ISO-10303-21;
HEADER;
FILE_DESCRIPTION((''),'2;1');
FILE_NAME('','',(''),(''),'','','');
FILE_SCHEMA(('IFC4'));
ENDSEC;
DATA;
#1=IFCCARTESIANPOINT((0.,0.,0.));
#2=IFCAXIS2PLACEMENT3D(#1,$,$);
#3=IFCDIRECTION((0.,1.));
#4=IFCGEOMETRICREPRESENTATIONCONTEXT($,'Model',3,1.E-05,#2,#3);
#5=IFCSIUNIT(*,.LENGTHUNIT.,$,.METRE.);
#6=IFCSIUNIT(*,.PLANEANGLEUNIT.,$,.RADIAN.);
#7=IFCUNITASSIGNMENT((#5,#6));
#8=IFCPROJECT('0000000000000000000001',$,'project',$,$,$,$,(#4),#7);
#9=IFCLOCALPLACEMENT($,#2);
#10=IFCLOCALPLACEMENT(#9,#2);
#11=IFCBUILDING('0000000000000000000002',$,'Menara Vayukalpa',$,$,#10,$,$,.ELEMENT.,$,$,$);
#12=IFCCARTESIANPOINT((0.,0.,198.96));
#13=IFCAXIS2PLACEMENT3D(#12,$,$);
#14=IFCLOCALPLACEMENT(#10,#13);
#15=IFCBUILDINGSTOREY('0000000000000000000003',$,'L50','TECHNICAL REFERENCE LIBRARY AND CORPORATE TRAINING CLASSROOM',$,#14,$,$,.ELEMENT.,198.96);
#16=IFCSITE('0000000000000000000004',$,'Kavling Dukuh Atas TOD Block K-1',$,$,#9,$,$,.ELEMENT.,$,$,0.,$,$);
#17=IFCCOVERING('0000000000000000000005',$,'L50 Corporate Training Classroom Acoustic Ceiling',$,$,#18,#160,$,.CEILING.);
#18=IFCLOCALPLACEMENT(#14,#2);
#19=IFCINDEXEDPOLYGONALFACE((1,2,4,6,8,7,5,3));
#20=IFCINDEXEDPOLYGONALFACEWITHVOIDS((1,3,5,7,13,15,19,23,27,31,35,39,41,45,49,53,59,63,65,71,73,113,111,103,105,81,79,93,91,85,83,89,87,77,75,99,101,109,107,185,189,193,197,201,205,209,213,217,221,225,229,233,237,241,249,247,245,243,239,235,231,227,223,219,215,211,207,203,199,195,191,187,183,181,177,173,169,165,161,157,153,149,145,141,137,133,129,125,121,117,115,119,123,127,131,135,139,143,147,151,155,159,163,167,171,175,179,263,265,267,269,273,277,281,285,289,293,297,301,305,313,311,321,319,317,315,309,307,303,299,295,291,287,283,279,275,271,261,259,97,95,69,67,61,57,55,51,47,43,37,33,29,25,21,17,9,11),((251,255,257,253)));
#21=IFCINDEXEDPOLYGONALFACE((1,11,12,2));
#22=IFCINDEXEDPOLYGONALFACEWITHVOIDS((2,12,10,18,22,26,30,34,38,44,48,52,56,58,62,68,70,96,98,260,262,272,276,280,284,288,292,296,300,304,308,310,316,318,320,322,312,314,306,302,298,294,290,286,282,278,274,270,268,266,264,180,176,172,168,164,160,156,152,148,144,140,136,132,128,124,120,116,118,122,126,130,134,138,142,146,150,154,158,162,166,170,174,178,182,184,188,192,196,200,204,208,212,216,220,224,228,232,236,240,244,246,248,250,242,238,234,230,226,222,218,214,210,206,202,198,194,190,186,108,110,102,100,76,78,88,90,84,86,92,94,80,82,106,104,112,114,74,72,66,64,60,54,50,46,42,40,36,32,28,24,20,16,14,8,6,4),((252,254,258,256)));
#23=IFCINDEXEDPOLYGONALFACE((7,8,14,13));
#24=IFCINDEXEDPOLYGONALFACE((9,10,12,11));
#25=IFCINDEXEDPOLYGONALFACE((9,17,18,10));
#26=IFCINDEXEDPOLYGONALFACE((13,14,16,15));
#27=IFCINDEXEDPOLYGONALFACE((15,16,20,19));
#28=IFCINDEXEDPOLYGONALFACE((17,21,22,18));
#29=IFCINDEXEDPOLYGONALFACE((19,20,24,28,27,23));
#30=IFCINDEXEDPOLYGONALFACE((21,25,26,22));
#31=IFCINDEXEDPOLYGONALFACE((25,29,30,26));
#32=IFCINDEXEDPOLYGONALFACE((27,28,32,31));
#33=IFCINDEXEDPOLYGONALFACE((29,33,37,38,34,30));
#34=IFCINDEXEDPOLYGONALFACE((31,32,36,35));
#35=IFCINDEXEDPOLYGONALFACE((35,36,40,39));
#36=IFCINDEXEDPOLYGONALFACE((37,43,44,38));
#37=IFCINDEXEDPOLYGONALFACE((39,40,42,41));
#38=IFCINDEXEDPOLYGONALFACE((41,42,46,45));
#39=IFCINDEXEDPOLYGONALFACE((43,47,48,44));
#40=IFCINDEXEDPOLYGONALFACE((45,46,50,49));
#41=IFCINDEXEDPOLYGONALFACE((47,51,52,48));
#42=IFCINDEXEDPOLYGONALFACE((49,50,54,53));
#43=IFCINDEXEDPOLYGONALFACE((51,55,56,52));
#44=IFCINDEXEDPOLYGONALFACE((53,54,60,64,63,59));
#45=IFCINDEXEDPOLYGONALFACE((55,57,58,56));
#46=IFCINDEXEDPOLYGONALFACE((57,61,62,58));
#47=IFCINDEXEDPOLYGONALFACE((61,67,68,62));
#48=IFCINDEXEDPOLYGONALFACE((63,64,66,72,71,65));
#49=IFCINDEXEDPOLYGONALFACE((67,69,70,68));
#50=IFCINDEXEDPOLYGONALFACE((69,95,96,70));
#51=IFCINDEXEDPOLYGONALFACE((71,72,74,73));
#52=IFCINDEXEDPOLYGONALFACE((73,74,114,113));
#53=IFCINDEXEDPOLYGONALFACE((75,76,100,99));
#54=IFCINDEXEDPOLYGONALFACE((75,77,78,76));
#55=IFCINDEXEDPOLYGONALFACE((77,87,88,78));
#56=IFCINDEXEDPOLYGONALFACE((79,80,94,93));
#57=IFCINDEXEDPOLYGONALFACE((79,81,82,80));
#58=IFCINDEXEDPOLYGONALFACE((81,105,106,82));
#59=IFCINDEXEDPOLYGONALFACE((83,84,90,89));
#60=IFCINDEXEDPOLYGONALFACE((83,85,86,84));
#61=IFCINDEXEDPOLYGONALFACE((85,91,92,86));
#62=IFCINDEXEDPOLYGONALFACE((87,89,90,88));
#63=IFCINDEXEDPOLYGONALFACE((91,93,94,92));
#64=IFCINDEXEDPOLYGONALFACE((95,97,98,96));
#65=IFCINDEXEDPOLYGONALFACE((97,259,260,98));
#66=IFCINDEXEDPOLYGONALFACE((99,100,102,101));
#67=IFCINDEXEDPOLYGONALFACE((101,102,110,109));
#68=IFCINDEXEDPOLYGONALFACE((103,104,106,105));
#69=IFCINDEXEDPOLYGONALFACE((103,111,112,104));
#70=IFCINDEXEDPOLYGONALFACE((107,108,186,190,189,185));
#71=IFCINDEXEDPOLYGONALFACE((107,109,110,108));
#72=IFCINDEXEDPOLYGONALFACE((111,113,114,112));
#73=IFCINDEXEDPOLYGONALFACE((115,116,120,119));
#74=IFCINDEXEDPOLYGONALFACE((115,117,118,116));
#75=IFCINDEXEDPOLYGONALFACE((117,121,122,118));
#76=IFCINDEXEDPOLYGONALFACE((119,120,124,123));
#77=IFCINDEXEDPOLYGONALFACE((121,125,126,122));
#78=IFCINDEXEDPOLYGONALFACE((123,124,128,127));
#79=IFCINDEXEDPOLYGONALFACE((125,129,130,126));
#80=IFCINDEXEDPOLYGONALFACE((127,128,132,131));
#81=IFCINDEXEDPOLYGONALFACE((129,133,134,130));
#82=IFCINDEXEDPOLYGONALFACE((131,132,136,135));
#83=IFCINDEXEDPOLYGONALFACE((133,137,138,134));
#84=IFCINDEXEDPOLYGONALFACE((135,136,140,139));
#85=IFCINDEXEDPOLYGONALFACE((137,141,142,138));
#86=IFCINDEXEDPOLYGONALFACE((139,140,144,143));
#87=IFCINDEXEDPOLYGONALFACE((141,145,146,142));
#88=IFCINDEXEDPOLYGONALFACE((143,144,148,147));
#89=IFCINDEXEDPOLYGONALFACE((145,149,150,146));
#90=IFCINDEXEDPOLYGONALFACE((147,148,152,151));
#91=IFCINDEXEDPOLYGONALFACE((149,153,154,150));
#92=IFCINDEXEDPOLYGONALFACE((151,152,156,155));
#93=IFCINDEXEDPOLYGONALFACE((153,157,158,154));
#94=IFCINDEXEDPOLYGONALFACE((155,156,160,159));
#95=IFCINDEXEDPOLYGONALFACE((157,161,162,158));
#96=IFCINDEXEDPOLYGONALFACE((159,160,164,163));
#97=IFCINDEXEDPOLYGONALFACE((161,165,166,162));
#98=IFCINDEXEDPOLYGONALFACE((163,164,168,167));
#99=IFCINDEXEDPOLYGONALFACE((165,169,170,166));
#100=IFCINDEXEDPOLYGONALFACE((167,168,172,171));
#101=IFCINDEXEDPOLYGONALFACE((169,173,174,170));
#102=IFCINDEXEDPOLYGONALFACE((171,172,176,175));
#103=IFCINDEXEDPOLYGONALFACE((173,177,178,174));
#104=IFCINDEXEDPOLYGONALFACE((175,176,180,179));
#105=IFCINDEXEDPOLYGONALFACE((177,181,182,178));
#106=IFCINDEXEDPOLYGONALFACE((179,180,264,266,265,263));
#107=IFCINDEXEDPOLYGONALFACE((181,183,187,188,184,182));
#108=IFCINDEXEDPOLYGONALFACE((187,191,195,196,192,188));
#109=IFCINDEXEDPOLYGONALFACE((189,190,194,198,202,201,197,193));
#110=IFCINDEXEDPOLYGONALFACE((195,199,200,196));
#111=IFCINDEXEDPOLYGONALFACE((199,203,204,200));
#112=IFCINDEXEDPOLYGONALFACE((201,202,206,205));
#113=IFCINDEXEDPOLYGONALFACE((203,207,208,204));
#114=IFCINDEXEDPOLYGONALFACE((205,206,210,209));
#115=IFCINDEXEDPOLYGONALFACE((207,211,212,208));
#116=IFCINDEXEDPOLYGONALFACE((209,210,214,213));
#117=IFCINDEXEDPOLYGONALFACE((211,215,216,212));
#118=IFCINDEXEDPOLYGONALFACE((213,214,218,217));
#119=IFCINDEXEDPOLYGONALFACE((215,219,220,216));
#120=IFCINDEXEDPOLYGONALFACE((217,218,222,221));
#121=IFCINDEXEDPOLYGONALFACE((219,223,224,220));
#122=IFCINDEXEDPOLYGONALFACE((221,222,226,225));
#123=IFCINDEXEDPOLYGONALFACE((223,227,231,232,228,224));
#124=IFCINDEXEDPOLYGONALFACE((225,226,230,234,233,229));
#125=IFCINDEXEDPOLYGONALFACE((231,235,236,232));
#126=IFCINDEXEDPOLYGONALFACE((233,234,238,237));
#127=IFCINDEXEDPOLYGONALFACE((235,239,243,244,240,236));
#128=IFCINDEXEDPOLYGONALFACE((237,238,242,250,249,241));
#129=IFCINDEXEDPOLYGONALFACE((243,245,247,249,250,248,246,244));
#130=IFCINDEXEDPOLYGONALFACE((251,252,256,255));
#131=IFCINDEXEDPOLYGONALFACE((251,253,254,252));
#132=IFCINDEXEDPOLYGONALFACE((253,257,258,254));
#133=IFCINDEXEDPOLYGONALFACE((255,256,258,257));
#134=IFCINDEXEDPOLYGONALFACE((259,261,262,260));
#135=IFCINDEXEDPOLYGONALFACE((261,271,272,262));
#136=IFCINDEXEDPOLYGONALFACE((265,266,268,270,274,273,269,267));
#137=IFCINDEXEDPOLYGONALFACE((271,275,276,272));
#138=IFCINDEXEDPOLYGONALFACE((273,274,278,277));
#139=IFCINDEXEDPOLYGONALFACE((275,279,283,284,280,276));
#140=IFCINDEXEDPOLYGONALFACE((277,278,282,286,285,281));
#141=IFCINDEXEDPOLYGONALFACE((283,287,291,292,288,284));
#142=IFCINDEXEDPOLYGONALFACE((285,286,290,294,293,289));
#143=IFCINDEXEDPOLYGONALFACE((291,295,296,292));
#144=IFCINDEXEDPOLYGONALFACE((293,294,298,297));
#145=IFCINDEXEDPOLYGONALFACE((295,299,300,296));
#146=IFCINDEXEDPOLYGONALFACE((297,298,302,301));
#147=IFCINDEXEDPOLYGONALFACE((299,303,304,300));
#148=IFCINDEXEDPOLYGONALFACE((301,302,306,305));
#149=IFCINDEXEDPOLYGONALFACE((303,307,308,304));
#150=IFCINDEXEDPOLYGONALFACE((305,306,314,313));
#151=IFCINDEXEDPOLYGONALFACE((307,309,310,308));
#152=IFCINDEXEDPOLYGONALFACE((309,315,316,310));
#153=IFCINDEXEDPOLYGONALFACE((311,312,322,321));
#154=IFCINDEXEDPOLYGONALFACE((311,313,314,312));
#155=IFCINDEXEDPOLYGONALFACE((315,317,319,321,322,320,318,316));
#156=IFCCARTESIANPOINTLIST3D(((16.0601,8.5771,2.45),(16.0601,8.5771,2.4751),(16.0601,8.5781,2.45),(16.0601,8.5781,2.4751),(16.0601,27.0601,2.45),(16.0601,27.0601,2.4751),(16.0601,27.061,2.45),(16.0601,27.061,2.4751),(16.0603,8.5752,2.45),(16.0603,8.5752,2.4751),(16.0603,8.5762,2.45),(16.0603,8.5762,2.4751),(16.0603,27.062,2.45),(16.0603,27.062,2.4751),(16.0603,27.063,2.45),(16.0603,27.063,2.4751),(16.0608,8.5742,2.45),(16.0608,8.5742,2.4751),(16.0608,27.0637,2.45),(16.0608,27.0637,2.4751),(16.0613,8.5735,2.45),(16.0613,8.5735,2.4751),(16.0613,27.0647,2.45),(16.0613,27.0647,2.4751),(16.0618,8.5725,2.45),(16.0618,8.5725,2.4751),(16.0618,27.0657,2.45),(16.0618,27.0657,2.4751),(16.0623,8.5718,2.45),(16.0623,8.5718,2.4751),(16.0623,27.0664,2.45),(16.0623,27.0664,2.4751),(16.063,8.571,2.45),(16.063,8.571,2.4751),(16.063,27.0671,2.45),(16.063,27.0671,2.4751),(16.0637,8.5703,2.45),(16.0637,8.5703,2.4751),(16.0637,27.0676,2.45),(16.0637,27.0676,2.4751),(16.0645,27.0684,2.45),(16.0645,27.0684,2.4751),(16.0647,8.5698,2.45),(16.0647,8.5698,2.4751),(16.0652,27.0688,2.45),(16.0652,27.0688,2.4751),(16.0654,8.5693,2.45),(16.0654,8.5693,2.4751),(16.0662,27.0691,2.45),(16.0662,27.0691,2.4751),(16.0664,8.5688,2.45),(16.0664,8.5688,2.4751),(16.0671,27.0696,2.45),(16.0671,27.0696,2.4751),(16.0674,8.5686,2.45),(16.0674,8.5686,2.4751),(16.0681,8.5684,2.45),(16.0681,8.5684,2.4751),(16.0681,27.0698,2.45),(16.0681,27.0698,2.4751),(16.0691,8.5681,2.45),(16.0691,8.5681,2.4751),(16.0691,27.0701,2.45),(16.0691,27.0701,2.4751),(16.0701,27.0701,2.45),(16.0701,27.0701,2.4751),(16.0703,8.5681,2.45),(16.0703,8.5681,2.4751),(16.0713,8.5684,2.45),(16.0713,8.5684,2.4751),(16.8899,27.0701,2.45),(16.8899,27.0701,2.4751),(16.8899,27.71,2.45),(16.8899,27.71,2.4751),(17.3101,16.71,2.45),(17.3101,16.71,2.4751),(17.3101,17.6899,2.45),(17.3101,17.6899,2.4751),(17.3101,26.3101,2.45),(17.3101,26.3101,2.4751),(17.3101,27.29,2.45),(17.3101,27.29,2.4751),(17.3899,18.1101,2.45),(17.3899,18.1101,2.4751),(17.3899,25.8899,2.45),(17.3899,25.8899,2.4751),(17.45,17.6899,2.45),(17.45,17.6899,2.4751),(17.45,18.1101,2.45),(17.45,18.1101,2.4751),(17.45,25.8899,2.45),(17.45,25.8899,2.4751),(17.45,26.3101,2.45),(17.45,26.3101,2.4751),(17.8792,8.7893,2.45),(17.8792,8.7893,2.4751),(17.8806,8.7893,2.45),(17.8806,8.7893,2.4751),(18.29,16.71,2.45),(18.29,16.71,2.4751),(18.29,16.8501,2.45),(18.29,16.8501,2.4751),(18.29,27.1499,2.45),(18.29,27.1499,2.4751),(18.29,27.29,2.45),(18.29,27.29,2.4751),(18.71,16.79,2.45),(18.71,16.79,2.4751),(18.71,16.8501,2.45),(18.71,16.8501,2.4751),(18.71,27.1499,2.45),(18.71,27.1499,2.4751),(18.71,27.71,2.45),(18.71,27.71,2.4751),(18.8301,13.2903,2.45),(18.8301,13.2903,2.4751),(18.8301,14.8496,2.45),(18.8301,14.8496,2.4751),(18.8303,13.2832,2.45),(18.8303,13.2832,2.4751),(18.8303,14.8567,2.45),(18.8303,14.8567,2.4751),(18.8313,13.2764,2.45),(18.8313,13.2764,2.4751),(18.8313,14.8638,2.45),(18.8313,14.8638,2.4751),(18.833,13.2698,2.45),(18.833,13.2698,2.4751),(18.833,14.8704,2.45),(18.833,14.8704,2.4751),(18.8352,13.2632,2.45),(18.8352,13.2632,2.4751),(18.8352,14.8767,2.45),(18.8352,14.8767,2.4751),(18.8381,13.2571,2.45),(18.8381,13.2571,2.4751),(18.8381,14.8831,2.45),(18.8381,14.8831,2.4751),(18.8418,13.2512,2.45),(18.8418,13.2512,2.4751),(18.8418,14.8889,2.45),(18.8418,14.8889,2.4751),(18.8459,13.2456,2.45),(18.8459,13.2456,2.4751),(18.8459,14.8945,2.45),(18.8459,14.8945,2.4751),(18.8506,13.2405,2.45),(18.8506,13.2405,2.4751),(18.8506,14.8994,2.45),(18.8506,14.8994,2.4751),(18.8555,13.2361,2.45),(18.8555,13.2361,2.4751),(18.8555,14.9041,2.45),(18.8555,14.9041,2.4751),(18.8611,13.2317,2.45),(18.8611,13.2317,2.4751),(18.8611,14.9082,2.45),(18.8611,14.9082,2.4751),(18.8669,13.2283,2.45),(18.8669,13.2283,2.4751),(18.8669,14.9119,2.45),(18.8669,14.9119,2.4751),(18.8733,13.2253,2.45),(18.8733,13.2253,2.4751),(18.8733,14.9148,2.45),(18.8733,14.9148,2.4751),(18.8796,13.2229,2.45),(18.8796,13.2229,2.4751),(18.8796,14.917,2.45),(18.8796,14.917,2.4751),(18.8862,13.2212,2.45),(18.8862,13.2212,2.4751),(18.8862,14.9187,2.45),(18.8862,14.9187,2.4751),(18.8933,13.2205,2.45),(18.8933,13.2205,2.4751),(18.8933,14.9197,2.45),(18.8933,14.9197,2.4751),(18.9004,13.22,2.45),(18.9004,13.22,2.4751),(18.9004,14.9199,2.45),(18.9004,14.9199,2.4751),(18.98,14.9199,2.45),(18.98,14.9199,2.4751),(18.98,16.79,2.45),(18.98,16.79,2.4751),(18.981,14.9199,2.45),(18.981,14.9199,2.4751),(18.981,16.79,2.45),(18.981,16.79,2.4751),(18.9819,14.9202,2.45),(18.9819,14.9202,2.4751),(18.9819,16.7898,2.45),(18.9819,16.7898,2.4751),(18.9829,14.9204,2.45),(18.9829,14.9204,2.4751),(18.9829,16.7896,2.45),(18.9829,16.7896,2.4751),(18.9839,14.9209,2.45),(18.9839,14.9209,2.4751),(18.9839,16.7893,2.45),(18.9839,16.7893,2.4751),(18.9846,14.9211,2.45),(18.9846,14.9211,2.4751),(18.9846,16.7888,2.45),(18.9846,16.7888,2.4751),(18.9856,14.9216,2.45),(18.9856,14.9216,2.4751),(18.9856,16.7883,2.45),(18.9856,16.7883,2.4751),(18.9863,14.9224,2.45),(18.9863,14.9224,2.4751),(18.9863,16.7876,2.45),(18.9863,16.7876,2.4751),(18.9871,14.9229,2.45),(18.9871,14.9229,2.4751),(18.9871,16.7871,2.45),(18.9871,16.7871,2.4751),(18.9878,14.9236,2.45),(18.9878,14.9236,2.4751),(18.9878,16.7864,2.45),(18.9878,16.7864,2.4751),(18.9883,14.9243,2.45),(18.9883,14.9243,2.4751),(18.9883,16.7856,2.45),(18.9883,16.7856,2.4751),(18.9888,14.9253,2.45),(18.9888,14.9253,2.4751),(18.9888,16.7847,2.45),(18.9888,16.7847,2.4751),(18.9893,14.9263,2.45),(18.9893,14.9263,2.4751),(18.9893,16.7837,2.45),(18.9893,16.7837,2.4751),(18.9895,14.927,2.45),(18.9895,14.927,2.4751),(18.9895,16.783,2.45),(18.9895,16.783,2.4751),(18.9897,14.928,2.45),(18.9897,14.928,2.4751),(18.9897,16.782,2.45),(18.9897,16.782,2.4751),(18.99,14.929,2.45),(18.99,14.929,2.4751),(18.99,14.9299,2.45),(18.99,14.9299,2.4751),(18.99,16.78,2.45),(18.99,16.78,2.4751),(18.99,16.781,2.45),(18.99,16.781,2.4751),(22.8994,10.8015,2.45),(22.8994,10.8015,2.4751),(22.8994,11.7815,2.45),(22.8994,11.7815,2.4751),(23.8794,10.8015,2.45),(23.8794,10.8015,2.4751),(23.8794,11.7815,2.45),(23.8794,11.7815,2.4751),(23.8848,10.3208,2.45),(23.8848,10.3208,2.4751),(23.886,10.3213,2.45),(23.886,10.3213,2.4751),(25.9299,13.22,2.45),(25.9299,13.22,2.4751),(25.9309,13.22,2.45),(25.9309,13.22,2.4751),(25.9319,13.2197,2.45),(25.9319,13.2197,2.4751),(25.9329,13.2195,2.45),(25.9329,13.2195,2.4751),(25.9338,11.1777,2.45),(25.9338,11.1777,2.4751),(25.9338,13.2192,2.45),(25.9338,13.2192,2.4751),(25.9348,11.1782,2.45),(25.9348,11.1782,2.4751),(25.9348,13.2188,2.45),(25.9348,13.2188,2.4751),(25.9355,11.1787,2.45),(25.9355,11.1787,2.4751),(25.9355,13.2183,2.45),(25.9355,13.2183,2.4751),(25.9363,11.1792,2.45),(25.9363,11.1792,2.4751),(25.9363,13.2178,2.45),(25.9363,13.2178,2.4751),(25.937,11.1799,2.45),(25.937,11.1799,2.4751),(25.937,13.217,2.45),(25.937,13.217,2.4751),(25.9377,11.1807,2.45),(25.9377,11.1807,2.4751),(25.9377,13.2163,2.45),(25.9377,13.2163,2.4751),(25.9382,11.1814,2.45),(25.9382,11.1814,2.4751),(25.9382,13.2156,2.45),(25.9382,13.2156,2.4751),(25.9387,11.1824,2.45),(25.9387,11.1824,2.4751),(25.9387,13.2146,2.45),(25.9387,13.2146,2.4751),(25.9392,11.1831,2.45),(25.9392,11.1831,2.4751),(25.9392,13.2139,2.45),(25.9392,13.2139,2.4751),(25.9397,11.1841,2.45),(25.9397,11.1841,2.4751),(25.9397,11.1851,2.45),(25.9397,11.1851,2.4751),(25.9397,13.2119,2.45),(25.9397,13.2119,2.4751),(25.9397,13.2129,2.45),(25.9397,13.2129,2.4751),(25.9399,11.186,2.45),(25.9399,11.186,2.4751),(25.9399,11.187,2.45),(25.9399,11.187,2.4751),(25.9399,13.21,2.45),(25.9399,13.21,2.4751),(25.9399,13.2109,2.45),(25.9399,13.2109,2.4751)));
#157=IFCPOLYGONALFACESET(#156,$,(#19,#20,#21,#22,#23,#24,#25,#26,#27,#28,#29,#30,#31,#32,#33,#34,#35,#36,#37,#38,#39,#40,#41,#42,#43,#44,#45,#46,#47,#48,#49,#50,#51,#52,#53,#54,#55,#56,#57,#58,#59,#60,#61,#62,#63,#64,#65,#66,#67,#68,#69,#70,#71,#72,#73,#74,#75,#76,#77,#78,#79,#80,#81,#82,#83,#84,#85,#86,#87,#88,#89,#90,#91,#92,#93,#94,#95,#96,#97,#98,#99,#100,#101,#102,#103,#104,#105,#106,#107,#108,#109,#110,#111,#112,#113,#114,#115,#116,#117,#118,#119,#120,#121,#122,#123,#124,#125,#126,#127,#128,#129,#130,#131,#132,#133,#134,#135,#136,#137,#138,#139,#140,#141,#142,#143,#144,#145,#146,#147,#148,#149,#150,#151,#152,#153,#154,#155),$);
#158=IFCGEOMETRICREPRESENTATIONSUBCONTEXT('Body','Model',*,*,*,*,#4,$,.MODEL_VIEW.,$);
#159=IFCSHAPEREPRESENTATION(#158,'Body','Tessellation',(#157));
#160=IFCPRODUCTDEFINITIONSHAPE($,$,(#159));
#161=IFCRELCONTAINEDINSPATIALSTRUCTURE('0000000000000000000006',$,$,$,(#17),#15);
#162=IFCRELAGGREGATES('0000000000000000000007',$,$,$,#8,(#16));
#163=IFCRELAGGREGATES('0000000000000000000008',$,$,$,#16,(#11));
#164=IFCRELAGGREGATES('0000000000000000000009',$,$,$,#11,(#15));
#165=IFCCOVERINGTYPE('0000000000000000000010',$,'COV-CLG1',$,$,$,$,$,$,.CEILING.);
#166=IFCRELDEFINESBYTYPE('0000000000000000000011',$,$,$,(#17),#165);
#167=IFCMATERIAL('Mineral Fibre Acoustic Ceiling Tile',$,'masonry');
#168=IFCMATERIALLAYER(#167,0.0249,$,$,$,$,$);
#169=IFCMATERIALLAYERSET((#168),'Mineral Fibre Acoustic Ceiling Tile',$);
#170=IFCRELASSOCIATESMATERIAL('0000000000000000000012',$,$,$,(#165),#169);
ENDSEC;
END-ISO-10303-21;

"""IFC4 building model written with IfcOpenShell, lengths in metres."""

from ifc_helpers import new_model, si_unit, direction, frame, origin, place, context, subcontext, project, spatial, polyline, outline, extrude, material, layer, layer_set, type_object, element, save


model = new_model("IFC4")

# Units and contexts
model_context = context("Model", 3, precision=1e-05, world=origin(), true_north=direction((0.0, 1.0)))
body_context = subcontext(model_context, "Body", "Model", "MODEL_VIEW")
ifc_project = project(units=[si_unit("LENGTHUNIT", "METRE"), si_unit("PLANEANGLEUNIT", "RADIAN")], contexts=[model_context])

# Site, building, storey
site_placement = place(None, origin())
site = spatial("IfcSite", under=ifc_project, at=site_placement, Name="Kavling Dukuh Atas TOD Block K-1", CompositionType="ELEMENT", RefElevation=0.0)
building_placement = place(site_placement, origin())
building = spatial("IfcBuilding", under=site, at=building_placement, Name="Menara Vayukalpa", CompositionType="ELEMENT")
storey_placement = place(building_placement, frame((0.0, 0.0, 198.96)))
storey = spatial("IfcBuildingStorey", under=building, at=storey_placement, Name="L50", Description="TECHNICAL REFERENCE LIBRARY AND CORPORATE TRAINING CLASSROOM", CompositionType="ELEMENT", Elevation=198.96)

# Covering
ifc_material_1 = material(Name="Mineral Fibre Acoustic Ceiling Tile", Category="masonry")
ifc_layer_1 = layer(ifc_material_1, 0.0249)
ifc_layer_set_1 = layer_set([ifc_layer_1], Name="Mineral Fibre Acoustic Ceiling Tile")
covering_type_1 = type_object("IfcCoveringType", Name="COV-CLG1", PredefinedType="CEILING", material=ifc_layer_set_1)
covering_1_placement = place(storey_placement, frame((0.0, 0.0, 2.45)))
element("IfcCovering", 1, at=covering_1_placement, inside=storey, type_object=covering_type_1, Name="L50 Corporate Training Classroom Acoustic Ceiling", PredefinedType="CEILING", context=body_context, shape_type="SweptSolid", body=[
    extrude(outline(polyline([(17.45, 17.6899), (17.3101, 17.6899), (17.3101, 16.71), (18.29, 16.71), (18.29, 16.8501), (18.71, 16.8501), (18.71, 16.79), (18.98, 16.79), (18.981, 16.79), (18.9819, 16.7898), (18.9829, 16.7896), (18.9839, 16.7893), (18.9846, 16.7888), (18.9856, 16.7883), (18.9863, 16.7876), (18.9871, 16.7871), (18.9878, 16.7864), (18.9883, 16.7856), (18.9888, 16.7847), (18.9893, 16.7837), (18.9895, 16.783), (18.9897, 16.782), (18.99, 16.781), (18.99, 16.78), (18.99, 14.9299), (18.99, 14.929), (18.9897, 14.928), (18.9895, 14.927), (18.9893, 14.9263), (18.9888, 14.9253), (18.9883, 14.9243), (18.9878, 14.9236), (18.9871, 14.9229), (18.9863, 14.9224), (18.9856, 14.9216), (18.9846, 14.9211), (18.9839, 14.9209), (18.9829, 14.9204), (18.9819, 14.9202), (18.981, 14.9199), (18.98, 14.9199), (18.9004, 14.9199), (18.8933, 14.9197), (18.8862, 14.9187), (18.8796, 14.917), (18.8733, 14.9148), (18.8669, 14.9119), (18.8611, 14.9082), (18.8555, 14.9041), (18.8506, 14.8994), (18.8459, 14.8945), (18.8418, 14.8889), (18.8381, 14.8831), (18.8352, 14.8767), (18.833, 14.8704), (18.8313, 14.8638), (18.8303, 14.8567), (18.8301, 14.8496), (18.8301, 13.2903), (18.8303, 13.2832), (18.8313, 13.2764), (18.833, 13.2698), (18.8352, 13.2632), (18.8381, 13.2571), (18.8418, 13.2512), (18.8459, 13.2456), (18.8506, 13.2405), (18.8555, 13.2361), (18.8611, 13.2317), (18.8669, 13.2283), (18.8733, 13.2253), (18.8796, 13.2229), (18.8862, 13.2212), (18.8933, 13.2205), (18.9004, 13.22), (25.9299, 13.22), (25.9309, 13.22), (25.9319, 13.2197), (25.9329, 13.2195), (25.9338, 13.2192), (25.9348, 13.2188), (25.9355, 13.2183), (25.9363, 13.2178), (25.937, 13.217), (25.9377, 13.2163), (25.9382, 13.2156), (25.9387, 13.2146), (25.9392, 13.2139), (25.9397, 13.2129), (25.9397, 13.2119), (25.9399, 13.2109), (25.9399, 13.21), (25.9399, 11.187), (25.9399, 11.186), (25.9397, 11.1851), (25.9397, 11.1841), (25.9392, 11.1831), (25.9387, 11.1824), (25.9382, 11.1814), (25.9377, 11.1807), (25.937, 11.1799), (25.9363, 11.1792), (25.9355, 11.1787), (25.9348, 11.1782), (25.9338, 11.1777), (23.886, 10.3213), (23.8848, 10.3208), (17.8806, 8.7893), (17.8792, 8.7893), (16.0713, 8.5684), (16.0703, 8.5681), (16.0691, 8.5681), (16.0681, 8.5684), (16.0674, 8.5686), (16.0664, 8.5688), (16.0654, 8.5693), (16.0647, 8.5698), (16.0637, 8.5703), (16.063, 8.571), (16.0623, 8.5718), (16.0618, 8.5725), (16.0613, 8.5735), (16.0608, 8.5742), (16.0603, 8.5752), (16.0603, 8.5762), (16.0601, 8.5771), (16.0601, 8.5781), (16.0601, 27.0601), (16.0601, 27.061), (16.0603, 27.062), (16.0603, 27.063), (16.0608, 27.0637), (16.0613, 27.0647), (16.0618, 27.0657), (16.0623, 27.0664), (16.063, 27.0671), (16.0637, 27.0676), (16.0645, 27.0684), (16.0652, 27.0688), (16.0662, 27.0691), (16.0671, 27.0696), (16.0681, 27.0698), (16.0691, 27.0701), (16.0701, 27.0701), (16.8899, 27.0701), (16.8899, 27.71), (18.71, 27.71), (18.71, 27.1499), (18.29, 27.1499), (18.29, 27.29), (17.3101, 27.29), (17.3101, 26.3101), (17.45, 26.3101), (17.45, 25.8899), (17.3899, 25.8899), (17.3899, 18.1101), (17.45, 18.1101), (17.45, 17.6899)]), holes=[polyline([(23.8794, 11.7815), (22.8994, 11.7815), (22.8994, 10.8015), (23.8794, 10.8015), (23.8794, 11.7815)])]), origin(), (0.0, 0.0, 1.0), 0.0251),
])

save(model, "model.ifc")
